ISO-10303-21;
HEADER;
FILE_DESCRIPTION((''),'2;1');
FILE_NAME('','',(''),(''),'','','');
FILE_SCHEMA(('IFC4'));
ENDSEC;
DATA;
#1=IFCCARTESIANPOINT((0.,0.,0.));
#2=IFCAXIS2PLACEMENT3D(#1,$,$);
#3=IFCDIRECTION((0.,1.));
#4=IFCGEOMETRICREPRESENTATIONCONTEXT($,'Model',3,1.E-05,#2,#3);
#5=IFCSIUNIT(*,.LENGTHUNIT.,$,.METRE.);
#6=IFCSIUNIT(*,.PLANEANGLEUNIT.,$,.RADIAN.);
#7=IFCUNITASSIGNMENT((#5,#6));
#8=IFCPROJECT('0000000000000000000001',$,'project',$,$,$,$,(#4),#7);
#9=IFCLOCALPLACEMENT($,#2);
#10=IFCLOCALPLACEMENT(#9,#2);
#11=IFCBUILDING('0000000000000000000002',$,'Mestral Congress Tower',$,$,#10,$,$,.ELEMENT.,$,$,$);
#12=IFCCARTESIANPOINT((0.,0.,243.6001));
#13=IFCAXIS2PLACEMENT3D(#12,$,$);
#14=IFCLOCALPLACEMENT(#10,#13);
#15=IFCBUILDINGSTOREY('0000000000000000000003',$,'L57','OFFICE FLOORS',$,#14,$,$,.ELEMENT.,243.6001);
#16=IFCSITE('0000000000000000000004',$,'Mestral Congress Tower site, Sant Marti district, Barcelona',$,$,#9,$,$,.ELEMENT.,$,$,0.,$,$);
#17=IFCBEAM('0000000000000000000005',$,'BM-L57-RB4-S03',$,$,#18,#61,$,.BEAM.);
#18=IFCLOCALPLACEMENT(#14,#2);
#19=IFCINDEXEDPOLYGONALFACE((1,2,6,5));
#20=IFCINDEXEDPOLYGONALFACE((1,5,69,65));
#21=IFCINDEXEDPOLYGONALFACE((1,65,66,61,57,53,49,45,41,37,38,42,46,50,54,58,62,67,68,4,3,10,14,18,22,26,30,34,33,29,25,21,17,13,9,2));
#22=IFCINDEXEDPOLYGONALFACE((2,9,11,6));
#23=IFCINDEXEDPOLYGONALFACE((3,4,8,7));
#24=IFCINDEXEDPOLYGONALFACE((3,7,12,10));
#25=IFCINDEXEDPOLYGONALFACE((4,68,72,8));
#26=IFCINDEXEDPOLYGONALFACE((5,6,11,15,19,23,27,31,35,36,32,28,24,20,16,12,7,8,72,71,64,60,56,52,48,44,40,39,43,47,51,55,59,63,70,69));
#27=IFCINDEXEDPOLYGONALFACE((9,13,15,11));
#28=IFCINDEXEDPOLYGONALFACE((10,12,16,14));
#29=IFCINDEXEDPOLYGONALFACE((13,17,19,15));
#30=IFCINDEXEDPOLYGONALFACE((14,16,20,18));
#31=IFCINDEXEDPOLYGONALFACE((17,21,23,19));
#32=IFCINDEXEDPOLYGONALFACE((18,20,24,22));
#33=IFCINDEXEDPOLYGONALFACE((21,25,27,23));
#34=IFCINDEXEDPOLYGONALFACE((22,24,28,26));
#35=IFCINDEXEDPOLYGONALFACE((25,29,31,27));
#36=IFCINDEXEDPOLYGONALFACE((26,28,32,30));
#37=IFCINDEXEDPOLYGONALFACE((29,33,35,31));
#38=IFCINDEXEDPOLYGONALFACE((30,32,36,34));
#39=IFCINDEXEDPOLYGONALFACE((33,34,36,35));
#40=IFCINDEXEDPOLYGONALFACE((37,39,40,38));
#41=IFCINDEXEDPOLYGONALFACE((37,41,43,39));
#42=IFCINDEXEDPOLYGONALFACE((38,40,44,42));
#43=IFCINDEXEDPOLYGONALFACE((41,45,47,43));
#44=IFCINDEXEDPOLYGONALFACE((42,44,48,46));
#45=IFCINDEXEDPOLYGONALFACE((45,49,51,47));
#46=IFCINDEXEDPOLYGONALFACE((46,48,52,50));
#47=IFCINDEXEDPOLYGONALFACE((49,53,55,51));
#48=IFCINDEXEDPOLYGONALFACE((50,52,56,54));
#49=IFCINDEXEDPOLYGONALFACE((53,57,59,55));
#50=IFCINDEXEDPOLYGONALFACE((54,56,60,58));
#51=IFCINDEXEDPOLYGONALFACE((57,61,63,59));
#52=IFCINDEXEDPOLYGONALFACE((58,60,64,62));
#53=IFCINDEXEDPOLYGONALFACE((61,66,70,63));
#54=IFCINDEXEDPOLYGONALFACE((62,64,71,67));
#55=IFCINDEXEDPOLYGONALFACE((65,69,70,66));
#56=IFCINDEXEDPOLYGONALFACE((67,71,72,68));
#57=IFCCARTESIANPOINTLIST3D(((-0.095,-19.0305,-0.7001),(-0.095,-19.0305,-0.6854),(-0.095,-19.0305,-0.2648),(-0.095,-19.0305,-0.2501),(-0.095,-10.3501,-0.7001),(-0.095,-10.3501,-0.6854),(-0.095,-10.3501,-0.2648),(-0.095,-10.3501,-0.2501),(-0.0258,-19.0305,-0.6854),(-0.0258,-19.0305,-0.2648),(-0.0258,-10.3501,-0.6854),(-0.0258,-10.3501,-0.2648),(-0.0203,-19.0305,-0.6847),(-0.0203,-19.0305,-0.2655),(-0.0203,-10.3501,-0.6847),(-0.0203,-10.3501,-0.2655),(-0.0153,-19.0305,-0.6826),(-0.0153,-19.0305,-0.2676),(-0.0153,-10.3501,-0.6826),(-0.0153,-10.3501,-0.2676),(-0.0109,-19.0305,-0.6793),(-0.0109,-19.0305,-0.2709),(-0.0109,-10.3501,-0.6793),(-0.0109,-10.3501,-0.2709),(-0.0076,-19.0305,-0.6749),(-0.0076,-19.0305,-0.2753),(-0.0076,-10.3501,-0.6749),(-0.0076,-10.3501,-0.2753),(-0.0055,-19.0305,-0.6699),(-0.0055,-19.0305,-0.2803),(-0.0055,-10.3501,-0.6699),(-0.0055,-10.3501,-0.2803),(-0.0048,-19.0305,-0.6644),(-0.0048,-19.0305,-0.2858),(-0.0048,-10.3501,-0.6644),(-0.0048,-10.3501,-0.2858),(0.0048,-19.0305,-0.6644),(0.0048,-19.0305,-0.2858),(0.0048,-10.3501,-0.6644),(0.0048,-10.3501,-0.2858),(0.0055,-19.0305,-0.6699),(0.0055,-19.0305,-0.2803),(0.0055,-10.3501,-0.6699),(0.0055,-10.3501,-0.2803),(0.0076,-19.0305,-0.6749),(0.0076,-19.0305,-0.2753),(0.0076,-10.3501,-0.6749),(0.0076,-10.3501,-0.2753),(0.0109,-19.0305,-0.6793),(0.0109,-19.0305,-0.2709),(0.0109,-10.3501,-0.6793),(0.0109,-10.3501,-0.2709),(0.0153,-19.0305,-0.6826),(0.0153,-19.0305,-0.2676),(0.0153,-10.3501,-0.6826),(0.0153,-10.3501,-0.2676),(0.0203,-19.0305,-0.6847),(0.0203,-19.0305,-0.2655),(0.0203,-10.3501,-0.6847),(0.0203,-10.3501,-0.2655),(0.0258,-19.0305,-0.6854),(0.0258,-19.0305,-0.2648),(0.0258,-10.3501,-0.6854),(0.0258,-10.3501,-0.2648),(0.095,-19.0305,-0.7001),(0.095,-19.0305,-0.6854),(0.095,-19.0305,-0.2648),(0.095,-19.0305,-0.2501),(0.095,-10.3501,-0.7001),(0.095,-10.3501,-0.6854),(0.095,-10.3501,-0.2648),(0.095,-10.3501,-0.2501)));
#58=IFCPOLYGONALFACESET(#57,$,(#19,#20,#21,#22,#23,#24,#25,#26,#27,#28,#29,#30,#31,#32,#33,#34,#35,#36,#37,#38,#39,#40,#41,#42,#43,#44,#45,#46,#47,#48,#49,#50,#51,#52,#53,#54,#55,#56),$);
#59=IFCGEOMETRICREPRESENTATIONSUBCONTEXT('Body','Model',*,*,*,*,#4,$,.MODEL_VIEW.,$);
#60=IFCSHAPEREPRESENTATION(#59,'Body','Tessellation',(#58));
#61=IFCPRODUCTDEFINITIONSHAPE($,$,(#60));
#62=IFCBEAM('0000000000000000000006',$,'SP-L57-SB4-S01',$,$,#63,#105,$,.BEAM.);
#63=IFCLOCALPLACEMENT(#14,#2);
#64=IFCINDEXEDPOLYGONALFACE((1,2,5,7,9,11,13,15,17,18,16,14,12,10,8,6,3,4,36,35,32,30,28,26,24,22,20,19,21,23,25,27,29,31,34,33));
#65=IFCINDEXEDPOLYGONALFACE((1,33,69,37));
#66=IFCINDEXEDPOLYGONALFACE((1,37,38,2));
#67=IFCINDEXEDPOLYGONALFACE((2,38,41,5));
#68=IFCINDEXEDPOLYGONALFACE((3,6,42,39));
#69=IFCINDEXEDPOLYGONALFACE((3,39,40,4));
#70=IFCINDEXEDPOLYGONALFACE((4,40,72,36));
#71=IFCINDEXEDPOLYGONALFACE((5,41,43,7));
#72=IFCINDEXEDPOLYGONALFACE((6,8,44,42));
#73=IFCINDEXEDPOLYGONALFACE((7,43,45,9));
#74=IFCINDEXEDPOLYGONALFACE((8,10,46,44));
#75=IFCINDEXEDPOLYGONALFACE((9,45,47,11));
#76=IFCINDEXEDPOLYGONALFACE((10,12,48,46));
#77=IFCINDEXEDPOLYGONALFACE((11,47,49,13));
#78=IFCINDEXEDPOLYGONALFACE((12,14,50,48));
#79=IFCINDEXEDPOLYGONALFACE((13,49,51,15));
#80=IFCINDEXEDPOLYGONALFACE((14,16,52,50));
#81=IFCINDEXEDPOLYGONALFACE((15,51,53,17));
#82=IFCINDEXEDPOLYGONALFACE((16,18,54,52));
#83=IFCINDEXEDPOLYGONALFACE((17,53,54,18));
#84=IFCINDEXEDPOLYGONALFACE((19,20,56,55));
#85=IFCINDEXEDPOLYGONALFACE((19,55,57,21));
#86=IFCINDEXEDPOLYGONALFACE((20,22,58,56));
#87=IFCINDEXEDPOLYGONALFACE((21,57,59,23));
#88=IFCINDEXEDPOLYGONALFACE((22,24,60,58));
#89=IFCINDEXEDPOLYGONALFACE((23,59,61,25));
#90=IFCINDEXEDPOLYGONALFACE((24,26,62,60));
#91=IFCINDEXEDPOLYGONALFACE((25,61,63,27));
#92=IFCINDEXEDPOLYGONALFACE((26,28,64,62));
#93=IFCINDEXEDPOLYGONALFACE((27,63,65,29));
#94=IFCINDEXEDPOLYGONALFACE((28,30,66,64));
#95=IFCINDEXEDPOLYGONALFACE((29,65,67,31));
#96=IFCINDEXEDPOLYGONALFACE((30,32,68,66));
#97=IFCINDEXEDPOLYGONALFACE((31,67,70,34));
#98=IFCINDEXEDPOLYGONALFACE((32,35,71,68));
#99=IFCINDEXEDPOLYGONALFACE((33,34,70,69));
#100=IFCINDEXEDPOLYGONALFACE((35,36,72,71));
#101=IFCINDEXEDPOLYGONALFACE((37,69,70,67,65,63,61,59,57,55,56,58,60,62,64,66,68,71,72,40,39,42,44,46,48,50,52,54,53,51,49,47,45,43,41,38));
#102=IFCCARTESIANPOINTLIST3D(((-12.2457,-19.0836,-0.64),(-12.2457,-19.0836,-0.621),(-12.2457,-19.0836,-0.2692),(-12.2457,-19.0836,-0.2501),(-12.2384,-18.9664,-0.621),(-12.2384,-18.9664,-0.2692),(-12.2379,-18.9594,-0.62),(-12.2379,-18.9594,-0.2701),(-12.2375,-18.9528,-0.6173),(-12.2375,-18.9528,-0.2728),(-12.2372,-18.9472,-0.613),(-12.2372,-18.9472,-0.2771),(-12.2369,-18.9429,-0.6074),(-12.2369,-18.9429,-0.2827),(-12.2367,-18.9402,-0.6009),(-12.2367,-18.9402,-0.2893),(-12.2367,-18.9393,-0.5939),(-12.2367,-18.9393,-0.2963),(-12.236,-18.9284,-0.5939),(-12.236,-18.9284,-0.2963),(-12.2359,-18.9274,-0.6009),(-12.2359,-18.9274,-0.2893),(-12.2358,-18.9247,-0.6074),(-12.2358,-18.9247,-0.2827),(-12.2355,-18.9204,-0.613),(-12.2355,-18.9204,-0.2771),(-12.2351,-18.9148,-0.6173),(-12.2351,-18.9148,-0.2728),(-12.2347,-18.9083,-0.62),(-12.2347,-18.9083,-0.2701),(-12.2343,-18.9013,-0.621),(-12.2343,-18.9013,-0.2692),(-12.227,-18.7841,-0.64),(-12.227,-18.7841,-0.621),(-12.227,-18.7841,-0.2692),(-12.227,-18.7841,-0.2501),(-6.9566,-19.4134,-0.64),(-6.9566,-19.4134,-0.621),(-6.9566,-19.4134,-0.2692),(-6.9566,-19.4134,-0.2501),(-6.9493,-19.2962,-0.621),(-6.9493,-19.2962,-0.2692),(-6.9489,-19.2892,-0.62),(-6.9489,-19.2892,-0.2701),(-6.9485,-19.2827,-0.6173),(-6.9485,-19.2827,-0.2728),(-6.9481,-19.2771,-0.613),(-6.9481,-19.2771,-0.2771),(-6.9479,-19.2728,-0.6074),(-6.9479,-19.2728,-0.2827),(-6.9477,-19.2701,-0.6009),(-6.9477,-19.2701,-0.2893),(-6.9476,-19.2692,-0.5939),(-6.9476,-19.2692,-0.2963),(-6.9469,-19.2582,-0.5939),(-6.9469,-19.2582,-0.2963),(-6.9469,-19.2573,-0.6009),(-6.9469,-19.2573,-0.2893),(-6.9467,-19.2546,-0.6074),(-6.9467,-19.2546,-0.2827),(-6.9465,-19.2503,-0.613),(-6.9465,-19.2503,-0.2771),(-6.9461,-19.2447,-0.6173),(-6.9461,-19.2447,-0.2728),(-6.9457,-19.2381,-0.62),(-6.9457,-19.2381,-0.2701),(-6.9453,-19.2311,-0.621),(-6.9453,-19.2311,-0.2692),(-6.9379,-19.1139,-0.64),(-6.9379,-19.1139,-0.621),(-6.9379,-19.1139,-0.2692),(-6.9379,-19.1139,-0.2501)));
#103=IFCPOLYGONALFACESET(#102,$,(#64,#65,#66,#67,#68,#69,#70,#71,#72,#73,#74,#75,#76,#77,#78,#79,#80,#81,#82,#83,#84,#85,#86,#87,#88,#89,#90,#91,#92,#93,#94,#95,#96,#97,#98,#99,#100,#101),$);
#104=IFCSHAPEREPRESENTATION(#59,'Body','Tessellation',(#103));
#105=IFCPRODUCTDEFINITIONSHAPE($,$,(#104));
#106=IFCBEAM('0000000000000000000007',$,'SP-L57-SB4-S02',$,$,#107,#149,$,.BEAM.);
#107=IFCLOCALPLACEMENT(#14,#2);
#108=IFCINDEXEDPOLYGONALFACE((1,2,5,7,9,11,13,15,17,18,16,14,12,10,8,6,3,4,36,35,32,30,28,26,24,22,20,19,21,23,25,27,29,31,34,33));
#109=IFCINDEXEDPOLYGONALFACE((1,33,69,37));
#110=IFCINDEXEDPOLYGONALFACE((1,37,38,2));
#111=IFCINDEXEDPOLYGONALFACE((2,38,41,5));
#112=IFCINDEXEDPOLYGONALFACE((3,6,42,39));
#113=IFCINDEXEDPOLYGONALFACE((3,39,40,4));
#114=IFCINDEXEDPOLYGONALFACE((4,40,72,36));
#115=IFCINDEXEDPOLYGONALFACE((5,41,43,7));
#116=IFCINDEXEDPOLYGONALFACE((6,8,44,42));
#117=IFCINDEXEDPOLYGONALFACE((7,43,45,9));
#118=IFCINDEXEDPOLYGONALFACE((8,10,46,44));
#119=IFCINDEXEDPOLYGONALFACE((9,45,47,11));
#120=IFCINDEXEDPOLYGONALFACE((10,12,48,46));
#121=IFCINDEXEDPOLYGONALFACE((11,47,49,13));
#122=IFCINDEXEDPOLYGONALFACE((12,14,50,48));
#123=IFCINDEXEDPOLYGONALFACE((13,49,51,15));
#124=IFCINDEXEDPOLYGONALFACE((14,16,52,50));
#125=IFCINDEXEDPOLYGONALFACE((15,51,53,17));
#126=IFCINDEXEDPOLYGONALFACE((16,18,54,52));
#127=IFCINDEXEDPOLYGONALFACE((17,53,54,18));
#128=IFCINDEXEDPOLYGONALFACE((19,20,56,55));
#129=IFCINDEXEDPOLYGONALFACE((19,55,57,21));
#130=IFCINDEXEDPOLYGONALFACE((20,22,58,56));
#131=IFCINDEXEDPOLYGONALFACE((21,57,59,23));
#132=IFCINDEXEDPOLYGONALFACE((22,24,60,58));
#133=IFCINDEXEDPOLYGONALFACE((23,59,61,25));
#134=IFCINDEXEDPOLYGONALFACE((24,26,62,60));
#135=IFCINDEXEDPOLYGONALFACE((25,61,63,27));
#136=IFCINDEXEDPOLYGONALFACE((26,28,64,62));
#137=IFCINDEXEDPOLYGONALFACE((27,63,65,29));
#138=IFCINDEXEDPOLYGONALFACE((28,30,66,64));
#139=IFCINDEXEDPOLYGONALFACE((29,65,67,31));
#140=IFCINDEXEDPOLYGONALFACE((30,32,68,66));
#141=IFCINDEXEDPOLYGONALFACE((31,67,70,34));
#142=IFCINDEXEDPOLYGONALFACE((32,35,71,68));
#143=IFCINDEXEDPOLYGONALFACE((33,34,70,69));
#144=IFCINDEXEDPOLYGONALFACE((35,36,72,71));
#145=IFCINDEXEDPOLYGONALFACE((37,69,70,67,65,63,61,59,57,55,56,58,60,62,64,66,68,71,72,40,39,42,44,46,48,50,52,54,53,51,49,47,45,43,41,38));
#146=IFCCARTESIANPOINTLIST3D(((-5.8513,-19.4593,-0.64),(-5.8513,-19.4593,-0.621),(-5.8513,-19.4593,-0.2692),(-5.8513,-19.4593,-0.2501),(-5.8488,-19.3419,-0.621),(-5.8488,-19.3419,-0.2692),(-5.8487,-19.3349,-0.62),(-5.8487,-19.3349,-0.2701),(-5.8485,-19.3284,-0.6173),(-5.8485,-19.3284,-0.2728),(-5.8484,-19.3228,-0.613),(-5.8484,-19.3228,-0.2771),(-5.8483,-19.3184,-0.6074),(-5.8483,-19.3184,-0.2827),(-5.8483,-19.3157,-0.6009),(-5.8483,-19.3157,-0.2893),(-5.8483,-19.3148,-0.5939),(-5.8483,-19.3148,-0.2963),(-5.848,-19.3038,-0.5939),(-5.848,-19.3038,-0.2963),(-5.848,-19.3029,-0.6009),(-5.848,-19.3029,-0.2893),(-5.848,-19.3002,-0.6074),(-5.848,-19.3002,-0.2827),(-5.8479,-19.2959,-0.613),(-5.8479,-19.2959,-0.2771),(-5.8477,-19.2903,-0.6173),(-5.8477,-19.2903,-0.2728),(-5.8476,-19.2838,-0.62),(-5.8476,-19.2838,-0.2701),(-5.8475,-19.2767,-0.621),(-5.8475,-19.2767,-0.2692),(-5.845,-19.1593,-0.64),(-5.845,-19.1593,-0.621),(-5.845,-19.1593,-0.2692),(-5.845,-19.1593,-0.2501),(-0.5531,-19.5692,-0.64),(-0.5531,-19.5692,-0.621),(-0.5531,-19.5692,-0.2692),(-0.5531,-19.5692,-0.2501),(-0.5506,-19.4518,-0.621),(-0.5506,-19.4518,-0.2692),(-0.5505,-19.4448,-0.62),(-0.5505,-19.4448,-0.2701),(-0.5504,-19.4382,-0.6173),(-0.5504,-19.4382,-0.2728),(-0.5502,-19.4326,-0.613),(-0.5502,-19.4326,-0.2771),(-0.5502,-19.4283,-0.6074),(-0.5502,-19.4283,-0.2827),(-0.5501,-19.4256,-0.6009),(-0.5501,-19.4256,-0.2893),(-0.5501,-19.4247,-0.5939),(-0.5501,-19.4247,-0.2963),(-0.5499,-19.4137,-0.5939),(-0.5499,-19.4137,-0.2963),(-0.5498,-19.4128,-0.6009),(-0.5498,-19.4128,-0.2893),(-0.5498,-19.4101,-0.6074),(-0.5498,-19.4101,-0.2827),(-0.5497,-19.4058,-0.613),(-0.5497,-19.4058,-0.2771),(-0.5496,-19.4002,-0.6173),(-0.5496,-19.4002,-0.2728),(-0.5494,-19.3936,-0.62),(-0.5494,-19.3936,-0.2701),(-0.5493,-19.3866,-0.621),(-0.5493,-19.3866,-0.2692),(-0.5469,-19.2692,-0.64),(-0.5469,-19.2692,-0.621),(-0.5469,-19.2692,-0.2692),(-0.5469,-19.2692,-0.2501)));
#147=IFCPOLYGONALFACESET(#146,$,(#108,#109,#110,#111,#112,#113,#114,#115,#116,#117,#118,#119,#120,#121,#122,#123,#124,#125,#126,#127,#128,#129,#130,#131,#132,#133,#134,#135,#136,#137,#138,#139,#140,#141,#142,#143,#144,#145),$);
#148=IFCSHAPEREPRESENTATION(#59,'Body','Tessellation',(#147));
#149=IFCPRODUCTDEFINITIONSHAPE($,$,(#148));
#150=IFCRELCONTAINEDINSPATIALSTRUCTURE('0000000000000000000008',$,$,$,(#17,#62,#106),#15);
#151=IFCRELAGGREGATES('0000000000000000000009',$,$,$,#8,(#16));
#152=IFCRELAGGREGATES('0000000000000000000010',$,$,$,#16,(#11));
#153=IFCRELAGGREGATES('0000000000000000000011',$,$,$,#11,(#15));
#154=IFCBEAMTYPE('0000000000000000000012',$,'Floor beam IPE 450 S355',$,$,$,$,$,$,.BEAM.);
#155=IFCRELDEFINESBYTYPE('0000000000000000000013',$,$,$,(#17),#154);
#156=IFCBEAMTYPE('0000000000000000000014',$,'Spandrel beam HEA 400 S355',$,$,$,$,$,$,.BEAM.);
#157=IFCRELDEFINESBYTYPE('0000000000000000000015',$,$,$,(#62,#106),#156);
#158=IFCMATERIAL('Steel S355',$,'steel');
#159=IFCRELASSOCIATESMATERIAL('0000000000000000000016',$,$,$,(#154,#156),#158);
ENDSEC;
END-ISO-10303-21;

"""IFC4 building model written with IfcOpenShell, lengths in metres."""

from ifc_helpers import new_model, si_unit, direction, frame, origin, origin_2d, place, context, subcontext, project, spatial, i_section, extrude, material, material_profile, profile_set, type_object, element, save


model = new_model("IFC4")

# Units and contexts
model_context = context("Model", 3, precision=1e-05, world=origin(), true_north=direction((0.0, 1.0)))
body_context = subcontext(model_context, "Body", "Model", "MODEL_VIEW")
ifc_project = project(units=[si_unit("LENGTHUNIT", "METRE"), si_unit("PLANEANGLEUNIT", "RADIAN")], contexts=[model_context])

# Site, building, storey
site_placement = place(None, origin())
site = spatial("IfcSite", under=ifc_project, at=site_placement, Name="Mestral Congress Tower site, Sant Marti district, Barcelona", CompositionType="ELEMENT", RefElevation=0.0)
building_placement = place(site_placement, origin())
building = spatial("IfcBuilding", under=site, at=building_placement, Name="Mestral Congress Tower", CompositionType="ELEMENT")
storey_placement = place(building_placement, frame((0.0, 0.0, 243.6001)))
storey = spatial("IfcBuildingStorey", under=building, at=storey_placement, Name="L57", Description="OFFICE FLOORS", CompositionType="ELEMENT", Elevation=243.6001)

# Beams
ifc_material_1 = material(Name="Steel S355", Category="steel")
ifc_material_profile_1 = material_profile(ifc_material_1, i_section(OverallWidth=0.1899, OverallDepth=0.45, WebThickness=0.0095, FlangeThickness=0.0146, FilletRadius=0.021, at=origin_2d()), Name="IPE 450")
ifc_profile_set_1 = profile_set([ifc_material_profile_1], Name="Steel S355")
beam_type_1 = type_object("IfcBeamType", Name="Floor beam IPE 450 S355", PredefinedType="BEAM", material=ifc_profile_set_1)
beam_1_placement = place(storey_placement, frame((0.0, -19.0305, -0.4751), z_axis=(0.0, 1.0, 0.0), x_axis=(-1.0, 0.0, 0.0)))
element("IfcBeam", 1, at=beam_1_placement, inside=storey, type_object=beam_type_1, Name="BM-L57-RB4-S03", PredefinedType="BEAM", context=body_context, shape_type="SweptSolid", body=[
    extrude(i_section(OverallWidth=0.1899, OverallDepth=0.45, WebThickness=0.0095, FlangeThickness=0.0146, FilletRadius=0.021, at=origin_2d()), origin(), (0.0, 0.0, 1.0), 8.6804),
])
ifc_material_profile_2 = material_profile(ifc_material_1, i_section(OverallWidth=0.3, OverallDepth=0.3899, WebThickness=0.011, FlangeThickness=0.019, FilletRadius=0.0271, at=origin_2d()), Name="HEA 400")
ifc_profile_set_2 = profile_set([ifc_material_profile_2], Name="Steel S355")
beam_type_2 = type_object("IfcBeamType", Name="Spandrel beam HEA 400 S355", PredefinedType="BEAM", material=ifc_profile_set_2)
for number, where, z_axis, x_axis, name in (
    (2, (-12.2363, -18.9338, -0.4451), (0.998061, -0.062241, 0.0), (0.062241, 0.998061, 0.0), "SP-L57-SB4-S01"),
    (3, (-5.8481, -19.3093, -0.4451), (0.999785, -0.020732, 0.0), (0.020732, 0.999785, 0.0), "SP-L57-SB4-S02"),
):
    element("IfcBeam", number, at=place(storey_placement, frame(where, z_axis=z_axis, x_axis=x_axis)), inside=storey, type_object=beam_type_2, Name=name, PredefinedType="BEAM", context=body_context, shape_type="SweptSolid", body=[
        extrude(i_section(OverallWidth=0.3, OverallDepth=0.3899, WebThickness=0.011, FlangeThickness=0.019, FilletRadius=0.0271, at=origin_2d()), origin(), (0.0, 0.0, 1.0), 5.2993),
    ])

save(model, "model.ifc")
